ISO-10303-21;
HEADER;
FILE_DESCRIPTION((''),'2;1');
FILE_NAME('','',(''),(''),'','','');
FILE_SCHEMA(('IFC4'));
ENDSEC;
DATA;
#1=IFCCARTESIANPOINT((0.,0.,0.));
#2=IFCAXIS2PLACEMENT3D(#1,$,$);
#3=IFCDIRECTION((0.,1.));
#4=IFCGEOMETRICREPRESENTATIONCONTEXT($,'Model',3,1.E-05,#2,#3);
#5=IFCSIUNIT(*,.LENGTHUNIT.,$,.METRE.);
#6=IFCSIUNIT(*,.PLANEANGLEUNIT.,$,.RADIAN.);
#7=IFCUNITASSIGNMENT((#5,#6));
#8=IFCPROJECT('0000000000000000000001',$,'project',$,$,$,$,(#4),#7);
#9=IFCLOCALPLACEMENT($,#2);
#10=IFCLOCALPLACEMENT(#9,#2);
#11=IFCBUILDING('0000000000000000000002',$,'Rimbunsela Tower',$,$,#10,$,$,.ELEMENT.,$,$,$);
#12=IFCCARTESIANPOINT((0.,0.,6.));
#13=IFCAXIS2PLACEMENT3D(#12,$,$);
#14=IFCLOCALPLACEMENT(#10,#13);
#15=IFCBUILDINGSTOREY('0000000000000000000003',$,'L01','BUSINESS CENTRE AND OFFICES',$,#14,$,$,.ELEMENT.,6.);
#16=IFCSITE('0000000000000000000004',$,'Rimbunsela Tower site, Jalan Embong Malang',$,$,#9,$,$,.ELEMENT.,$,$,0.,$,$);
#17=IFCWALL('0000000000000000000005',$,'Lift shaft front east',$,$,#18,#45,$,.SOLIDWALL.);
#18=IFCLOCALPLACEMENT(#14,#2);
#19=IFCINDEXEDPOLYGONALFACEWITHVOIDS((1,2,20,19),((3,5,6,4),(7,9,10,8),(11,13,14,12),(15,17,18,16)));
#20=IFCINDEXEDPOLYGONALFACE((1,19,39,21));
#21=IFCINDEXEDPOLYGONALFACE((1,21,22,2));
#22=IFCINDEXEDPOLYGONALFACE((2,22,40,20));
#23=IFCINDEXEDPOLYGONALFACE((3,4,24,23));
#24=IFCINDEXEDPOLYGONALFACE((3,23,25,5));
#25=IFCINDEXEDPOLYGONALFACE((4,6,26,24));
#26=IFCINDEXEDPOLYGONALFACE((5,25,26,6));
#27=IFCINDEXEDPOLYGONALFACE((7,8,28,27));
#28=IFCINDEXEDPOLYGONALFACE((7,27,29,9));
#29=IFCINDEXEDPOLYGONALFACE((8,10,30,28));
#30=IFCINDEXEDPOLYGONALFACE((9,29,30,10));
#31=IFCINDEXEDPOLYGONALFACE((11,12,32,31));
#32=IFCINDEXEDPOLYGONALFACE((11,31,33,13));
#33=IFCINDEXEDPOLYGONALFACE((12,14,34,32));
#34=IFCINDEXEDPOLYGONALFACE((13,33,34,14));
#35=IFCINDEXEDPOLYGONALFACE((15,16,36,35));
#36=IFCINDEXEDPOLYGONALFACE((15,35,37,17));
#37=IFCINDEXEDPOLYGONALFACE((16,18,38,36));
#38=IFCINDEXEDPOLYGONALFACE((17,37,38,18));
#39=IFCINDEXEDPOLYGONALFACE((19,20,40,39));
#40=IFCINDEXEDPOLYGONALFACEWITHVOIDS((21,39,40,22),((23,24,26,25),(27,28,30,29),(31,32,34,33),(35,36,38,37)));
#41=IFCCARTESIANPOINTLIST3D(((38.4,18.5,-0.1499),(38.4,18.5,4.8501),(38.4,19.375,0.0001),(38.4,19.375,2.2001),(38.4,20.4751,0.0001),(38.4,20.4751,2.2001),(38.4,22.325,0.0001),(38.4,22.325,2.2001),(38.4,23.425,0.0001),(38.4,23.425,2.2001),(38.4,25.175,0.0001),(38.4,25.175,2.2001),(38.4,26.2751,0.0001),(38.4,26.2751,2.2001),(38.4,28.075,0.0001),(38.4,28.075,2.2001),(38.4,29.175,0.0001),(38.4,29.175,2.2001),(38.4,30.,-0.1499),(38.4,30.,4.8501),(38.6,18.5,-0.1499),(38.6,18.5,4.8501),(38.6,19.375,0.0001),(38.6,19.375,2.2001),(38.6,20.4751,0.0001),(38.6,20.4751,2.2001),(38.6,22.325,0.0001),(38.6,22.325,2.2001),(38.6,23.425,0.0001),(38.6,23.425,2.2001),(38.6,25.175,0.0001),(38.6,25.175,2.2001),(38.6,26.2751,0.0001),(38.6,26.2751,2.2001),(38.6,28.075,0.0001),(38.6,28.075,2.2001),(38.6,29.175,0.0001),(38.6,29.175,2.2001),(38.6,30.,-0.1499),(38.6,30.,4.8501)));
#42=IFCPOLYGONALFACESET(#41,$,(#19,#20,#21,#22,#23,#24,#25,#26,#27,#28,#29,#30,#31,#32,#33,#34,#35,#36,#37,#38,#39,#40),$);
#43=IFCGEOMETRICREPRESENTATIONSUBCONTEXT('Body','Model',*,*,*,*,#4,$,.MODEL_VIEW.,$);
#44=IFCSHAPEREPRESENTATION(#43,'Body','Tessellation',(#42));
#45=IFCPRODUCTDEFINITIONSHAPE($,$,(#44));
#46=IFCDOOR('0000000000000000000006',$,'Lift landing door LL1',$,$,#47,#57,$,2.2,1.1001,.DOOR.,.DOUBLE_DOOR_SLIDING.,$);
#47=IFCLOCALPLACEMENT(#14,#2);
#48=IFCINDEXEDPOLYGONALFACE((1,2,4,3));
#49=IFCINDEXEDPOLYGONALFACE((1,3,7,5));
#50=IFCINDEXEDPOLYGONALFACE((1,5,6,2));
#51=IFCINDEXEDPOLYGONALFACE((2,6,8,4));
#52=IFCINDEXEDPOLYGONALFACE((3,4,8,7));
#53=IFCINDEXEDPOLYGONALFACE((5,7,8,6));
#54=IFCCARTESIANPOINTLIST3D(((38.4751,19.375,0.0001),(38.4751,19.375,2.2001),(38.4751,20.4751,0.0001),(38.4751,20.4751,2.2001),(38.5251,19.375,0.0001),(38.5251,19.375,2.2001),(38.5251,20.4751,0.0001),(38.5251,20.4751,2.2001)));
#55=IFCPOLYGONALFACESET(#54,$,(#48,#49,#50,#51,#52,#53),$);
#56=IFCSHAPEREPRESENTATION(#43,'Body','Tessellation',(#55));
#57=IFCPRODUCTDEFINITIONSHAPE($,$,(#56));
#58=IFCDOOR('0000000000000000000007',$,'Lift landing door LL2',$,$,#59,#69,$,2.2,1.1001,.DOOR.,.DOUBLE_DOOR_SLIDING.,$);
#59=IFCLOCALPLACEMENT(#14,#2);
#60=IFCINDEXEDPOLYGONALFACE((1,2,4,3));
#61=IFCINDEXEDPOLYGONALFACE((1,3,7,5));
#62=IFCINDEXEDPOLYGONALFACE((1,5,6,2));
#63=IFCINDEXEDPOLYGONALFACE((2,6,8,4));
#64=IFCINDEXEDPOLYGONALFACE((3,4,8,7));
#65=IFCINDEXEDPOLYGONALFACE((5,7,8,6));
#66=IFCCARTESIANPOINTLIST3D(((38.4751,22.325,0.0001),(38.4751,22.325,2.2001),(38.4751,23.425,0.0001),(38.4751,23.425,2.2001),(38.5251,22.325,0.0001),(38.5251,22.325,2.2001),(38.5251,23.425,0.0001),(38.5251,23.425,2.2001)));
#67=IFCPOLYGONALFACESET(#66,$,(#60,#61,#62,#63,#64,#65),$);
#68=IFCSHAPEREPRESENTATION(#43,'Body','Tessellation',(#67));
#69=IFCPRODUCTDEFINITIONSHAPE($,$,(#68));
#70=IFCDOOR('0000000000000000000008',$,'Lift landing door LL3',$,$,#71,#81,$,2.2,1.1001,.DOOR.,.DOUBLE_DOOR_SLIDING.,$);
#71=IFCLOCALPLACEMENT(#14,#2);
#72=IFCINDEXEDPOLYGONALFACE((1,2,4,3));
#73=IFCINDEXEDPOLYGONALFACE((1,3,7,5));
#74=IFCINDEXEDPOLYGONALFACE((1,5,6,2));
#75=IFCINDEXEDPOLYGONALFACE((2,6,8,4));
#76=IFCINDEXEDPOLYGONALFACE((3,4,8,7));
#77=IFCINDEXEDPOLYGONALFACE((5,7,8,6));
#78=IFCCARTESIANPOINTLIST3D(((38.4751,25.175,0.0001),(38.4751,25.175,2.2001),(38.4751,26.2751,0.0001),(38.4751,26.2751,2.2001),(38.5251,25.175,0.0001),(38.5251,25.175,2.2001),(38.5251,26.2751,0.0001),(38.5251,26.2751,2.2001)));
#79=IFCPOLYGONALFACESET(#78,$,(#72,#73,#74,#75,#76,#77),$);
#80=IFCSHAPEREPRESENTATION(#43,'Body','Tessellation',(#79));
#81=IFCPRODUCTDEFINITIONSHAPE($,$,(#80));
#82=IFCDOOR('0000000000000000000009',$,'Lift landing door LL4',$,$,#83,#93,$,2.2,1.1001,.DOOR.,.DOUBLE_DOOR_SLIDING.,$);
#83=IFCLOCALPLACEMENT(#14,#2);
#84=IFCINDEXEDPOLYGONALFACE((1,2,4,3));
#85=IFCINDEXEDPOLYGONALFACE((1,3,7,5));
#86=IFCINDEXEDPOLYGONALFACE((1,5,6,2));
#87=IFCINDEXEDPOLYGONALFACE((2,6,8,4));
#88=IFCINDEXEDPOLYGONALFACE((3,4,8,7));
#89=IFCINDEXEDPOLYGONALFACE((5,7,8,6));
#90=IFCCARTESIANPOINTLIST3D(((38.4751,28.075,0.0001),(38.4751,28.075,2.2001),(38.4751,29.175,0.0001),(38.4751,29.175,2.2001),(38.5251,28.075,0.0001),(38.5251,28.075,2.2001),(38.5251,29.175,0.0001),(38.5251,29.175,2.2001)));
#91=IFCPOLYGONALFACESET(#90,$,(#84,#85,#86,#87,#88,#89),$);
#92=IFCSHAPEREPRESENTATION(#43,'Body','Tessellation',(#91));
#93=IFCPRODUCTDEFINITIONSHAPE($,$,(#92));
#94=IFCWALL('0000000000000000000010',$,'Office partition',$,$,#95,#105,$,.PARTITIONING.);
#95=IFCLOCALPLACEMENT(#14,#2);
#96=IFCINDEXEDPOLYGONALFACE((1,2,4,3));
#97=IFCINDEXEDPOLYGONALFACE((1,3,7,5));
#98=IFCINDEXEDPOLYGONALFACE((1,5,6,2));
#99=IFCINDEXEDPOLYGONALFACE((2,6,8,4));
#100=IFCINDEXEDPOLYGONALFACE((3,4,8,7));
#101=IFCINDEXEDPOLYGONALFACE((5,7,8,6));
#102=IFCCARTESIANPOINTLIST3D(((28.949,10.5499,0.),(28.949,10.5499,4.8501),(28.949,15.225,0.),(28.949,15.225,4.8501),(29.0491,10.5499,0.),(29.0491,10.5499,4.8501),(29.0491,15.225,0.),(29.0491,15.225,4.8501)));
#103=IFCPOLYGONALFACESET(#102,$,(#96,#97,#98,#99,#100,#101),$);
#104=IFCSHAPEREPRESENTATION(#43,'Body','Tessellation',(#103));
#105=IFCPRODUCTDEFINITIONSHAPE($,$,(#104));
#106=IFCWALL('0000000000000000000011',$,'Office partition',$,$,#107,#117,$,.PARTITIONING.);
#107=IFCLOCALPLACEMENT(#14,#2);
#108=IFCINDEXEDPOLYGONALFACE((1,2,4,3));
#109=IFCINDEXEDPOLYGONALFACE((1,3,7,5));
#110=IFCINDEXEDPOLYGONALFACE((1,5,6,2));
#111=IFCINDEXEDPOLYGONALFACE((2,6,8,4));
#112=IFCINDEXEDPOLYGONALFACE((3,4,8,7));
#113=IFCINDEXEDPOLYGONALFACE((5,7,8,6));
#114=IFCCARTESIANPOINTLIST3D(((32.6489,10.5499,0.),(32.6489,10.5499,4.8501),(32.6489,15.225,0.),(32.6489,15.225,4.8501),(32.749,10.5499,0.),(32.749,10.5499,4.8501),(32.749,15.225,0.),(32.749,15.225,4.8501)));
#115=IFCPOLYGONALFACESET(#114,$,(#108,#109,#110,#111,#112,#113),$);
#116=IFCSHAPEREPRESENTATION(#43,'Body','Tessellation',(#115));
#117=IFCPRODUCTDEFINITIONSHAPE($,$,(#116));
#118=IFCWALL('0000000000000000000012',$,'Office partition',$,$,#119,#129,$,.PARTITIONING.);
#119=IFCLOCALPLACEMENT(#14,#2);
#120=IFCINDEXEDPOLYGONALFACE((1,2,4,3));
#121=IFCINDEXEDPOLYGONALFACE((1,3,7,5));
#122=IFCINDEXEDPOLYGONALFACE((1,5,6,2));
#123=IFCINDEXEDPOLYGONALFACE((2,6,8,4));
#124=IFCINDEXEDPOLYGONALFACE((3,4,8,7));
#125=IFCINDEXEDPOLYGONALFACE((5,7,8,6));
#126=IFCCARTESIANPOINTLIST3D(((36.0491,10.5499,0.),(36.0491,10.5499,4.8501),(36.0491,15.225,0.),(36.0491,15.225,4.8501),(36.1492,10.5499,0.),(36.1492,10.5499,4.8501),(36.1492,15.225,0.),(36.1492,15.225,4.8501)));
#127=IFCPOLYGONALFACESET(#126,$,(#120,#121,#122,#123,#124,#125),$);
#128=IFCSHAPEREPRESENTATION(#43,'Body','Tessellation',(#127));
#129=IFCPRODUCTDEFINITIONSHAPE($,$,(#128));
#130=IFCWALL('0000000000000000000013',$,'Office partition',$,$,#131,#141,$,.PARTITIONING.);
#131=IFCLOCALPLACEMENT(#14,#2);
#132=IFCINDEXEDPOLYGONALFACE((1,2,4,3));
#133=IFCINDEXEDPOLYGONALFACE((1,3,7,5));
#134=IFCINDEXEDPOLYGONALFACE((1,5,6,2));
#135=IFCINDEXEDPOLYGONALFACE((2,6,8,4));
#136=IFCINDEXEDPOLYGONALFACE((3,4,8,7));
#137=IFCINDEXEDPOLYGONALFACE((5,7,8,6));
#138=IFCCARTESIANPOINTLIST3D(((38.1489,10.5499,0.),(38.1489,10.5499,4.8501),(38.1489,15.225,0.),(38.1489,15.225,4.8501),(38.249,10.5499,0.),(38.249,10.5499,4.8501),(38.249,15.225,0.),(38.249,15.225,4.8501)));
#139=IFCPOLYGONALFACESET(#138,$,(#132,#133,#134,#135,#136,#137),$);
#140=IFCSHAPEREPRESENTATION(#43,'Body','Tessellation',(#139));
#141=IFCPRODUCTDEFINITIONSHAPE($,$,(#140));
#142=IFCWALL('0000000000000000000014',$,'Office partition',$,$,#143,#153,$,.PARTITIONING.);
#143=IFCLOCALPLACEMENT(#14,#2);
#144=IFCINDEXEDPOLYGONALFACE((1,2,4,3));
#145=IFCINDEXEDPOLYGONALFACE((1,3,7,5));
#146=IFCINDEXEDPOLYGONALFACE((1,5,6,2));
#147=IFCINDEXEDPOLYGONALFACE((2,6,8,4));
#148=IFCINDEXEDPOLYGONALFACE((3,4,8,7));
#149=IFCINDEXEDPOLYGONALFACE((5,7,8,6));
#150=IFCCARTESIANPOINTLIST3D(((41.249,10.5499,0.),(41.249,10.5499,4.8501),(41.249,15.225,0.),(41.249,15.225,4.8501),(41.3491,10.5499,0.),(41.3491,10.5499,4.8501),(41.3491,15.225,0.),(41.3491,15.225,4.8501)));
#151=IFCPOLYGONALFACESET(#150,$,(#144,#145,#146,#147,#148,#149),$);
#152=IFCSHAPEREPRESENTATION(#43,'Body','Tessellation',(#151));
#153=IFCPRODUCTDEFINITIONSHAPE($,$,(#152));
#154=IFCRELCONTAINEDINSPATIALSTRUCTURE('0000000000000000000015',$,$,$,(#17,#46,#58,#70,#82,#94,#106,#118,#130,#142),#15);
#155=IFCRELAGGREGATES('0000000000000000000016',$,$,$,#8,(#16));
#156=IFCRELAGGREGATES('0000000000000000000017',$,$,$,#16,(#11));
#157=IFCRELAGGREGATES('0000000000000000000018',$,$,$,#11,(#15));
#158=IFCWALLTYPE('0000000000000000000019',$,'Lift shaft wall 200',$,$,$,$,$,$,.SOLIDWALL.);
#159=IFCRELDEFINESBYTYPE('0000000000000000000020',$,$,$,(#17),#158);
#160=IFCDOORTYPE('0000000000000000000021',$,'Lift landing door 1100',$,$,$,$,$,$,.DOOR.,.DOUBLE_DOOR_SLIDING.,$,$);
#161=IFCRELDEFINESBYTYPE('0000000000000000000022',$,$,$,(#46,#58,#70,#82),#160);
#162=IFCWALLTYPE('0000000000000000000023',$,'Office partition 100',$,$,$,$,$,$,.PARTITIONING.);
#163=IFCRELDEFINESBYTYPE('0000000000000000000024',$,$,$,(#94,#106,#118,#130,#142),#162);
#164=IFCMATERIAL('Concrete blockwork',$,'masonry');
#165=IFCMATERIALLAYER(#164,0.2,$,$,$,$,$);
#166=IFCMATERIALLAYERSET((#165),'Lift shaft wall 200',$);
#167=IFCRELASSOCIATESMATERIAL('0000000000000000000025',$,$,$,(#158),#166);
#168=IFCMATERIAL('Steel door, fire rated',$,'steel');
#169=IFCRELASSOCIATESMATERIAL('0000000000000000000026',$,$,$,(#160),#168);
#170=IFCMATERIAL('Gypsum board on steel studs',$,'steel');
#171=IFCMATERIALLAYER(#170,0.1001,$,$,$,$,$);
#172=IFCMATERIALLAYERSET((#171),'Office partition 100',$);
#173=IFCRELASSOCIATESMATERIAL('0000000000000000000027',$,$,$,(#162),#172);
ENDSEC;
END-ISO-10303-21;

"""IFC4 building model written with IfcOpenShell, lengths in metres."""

from ifc_helpers import new_model, si_unit, direction, frame, frame_2d, origin, place, context, subcontext, project, spatial, rectangle, extrude, material, layer, layer_set, type_object, element, fill, save


model = new_model("IFC4")

# Units and contexts
model_context = context("Model", 3, precision=1e-05, world=origin(), true_north=direction((0.0, 1.0)))
body_context = subcontext(model_context, "Body", "Model", "MODEL_VIEW")
ifc_project = project(units=[si_unit("LENGTHUNIT", "METRE"), si_unit("PLANEANGLEUNIT", "RADIAN")], contexts=[model_context])

# Site, building, storey
site_placement = place(None, origin())
site = spatial("IfcSite", under=ifc_project, at=site_placement, Name="Rimbunsela Tower site, Jalan Embong Malang", CompositionType="ELEMENT", RefElevation=0.0)
building_placement = place(site_placement, origin())
building = spatial("IfcBuilding", under=site, at=building_placement, Name="Rimbunsela Tower", CompositionType="ELEMENT")
storey_placement = place(building_placement, frame((0.0, 0.0, 6.0)))
storey = spatial("IfcBuildingStorey", under=building, at=storey_placement, Name="L01", Description="BUSINESS CENTRE AND OFFICES", CompositionType="ELEMENT", Elevation=6.0)

# Wall, openings, doors
ifc_material_1 = material(Name="Concrete blockwork", Category="masonry")
ifc_layer_1 = layer(ifc_material_1, 0.2)
ifc_layer_set_1 = layer_set([ifc_layer_1], Name="Lift shaft wall 200")
wall_type_1 = type_object("IfcWallType", Name="Lift shaft wall 200", PredefinedType="SOLIDWALL", material=ifc_layer_set_1)
wall_1_placement = place(storey_placement, frame((38.5, 18.5, -0.1499), z_axis=(0.0, 0.0, 1.0), x_axis=(0.0, 1.0, 0.0)))
wall_1 = element("IfcWall", 1, at=wall_1_placement, inside=storey, type_object=wall_type_1, Name="Lift shaft front east", PredefinedType="SOLIDWALL", context=body_context, shape_type="SweptSolid", body=[
    extrude(rectangle(XDim=11.5, YDim=0.2, at=frame_2d((5.75, 0.0))), origin(), (0.0, 0.0, 1.0), 5.0),
])
opening_1_placement = place(wall_1_placement, frame((0.875, 0.0, 0.1499)))
opening_1 = element("IfcOpeningElement", 2, at=opening_1_placement, cuts=wall_1, PredefinedType="OPENING", context=body_context, shape_type="SweptSolid", body=[
    extrude(rectangle(XDim=1.1001, YDim=2.2, at=frame_2d((0.55, 1.1001))), frame((0.0, 0.1099, 0.0), z_axis=(0.0, -1.0, 0.0), x_axis=(1.0, 0.0, 0.0)), (0.0, 0.0, 1.0), 0.22),
])
opening_2_placement = place(wall_1_placement, frame((3.825, 0.0, 0.1499)))
opening_2 = element("IfcOpeningElement", 3, at=opening_2_placement, cuts=wall_1, PredefinedType="OPENING", context=body_context, shape_type="SweptSolid", body=[
    extrude(rectangle(XDim=1.1001, YDim=2.2, at=frame_2d((0.55, 1.1001))), frame((0.0, 0.1099, 0.0), z_axis=(0.0, -1.0, 0.0), x_axis=(1.0, 0.0, 0.0)), (0.0, 0.0, 1.0), 0.22),
])
opening_3_placement = place(wall_1_placement, frame((6.675, 0.0, 0.1499)))
opening_3 = element("IfcOpeningElement", 4, at=opening_3_placement, cuts=wall_1, PredefinedType="OPENING", context=body_context, shape_type="SweptSolid", body=[
    extrude(rectangle(XDim=1.1001, YDim=2.2, at=frame_2d((0.55, 1.1001))), frame((0.0, 0.1099, 0.0), z_axis=(0.0, -1.0, 0.0), x_axis=(1.0, 0.0, 0.0)), (0.0, 0.0, 1.0), 0.22),
])
opening_4_placement = place(wall_1_placement, frame((9.575, 0.0, 0.1499)))
opening_4 = element("IfcOpeningElement", 5, at=opening_4_placement, cuts=wall_1, PredefinedType="OPENING", context=body_context, shape_type="SweptSolid", body=[
    extrude(rectangle(XDim=1.1001, YDim=2.2, at=frame_2d((0.55, 1.1001))), frame((0.0, 0.1099, 0.0), z_axis=(0.0, -1.0, 0.0), x_axis=(1.0, 0.0, 0.0)), (0.0, 0.0, 1.0), 0.22),
])
ifc_material_2 = material(Name="Steel door, fire rated", Category="steel")
door_type_1 = type_object("IfcDoorType", Name="Lift landing door 1100", OperationType="DOUBLE_DOOR_SLIDING", PredefinedType="DOOR", material=ifc_material_2)
door_1_placement = place(opening_1_placement, origin())
door_1 = element("IfcDoor", 6, at=door_1_placement, inside=storey, type_object=door_type_1, Name="Lift landing door LL1", OperationType="DOUBLE_DOOR_SLIDING", OverallHeight=2.2, OverallWidth=1.1001, PredefinedType="DOOR", context=body_context, shape_type="SweptSolid", body=[
    extrude(rectangle(XDim=1.1001, YDim=2.2, at=frame_2d((0.55, 1.1001))), frame((0.0, 0.0249, 0.0), z_axis=(0.0, -1.0, 0.0), x_axis=(1.0, 0.0, 0.0)), (0.0, 0.0, 1.0), 0.05),
])
fill(opening_1, door_1)
door_2_placement = place(opening_2_placement, origin())
door_2 = element("IfcDoor", 7, at=door_2_placement, inside=storey, type_object=door_type_1, Name="Lift landing door LL2", OperationType="DOUBLE_DOOR_SLIDING", OverallHeight=2.2, OverallWidth=1.1001, PredefinedType="DOOR", context=body_context, shape_type="SweptSolid", body=[
    extrude(rectangle(XDim=1.1001, YDim=2.2, at=frame_2d((0.55, 1.1001))), frame((0.0, 0.0249, 0.0), z_axis=(0.0, -1.0, 0.0), x_axis=(1.0, 0.0, 0.0)), (0.0, 0.0, 1.0), 0.05),
])
fill(opening_2, door_2)
door_3_placement = place(opening_3_placement, origin())
door_3 = element("IfcDoor", 8, at=door_3_placement, inside=storey, type_object=door_type_1, Name="Lift landing door LL3", OperationType="DOUBLE_DOOR_SLIDING", OverallHeight=2.2, OverallWidth=1.1001, PredefinedType="DOOR", context=body_context, shape_type="SweptSolid", body=[
    extrude(rectangle(XDim=1.1001, YDim=2.2, at=frame_2d((0.55, 1.1001))), frame((0.0, 0.0249, 0.0), z_axis=(0.0, -1.0, 0.0), x_axis=(1.0, 0.0, 0.0)), (0.0, 0.0, 1.0), 0.05),
])
fill(opening_3, door_3)
door_4_placement = place(opening_4_placement, origin())
door_4 = element("IfcDoor", 9, at=door_4_placement, inside=storey, type_object=door_type_1, Name="Lift landing door LL4", OperationType="DOUBLE_DOOR_SLIDING", OverallHeight=2.2, OverallWidth=1.1001, PredefinedType="DOOR", context=body_context, shape_type="SweptSolid", body=[
    extrude(rectangle(XDim=1.1001, YDim=2.2, at=frame_2d((0.55, 1.1001))), frame((0.0, 0.0249, 0.0), z_axis=(0.0, -1.0, 0.0), x_axis=(1.0, 0.0, 0.0)), (0.0, 0.0, 1.0), 0.05),
])
fill(opening_4, door_4)

# Walls
ifc_material_3 = material(Name="Gypsum board on steel studs", Category="steel")
ifc_layer_2 = layer(ifc_material_3, 0.1001)
ifc_layer_set_2 = layer_set([ifc_layer_2], Name="Office partition 100")
wall_type_2 = type_object("IfcWallType", Name="Office partition 100", PredefinedType="PARTITIONING", material=ifc_layer_set_2)
for number, where, z_axis, x_axis, name in (
    (10, (28.999, 10.55, 0.0), (0.0, 0.0, 1.0), (0.0, 1.0, 0.0), "Office partition"),
    (11, (32.699, 10.55, 0.0), (0.0, 0.0, 1.0), (0.0, 1.0, 0.0), "Office partition"),
    (12, (36.0991, 10.55, 0.0), (0.0, 0.0, 1.0), (0.0, 1.0, 0.0), "Office partition"),
    (13, (38.199, 10.55, 0.0), (0.0, 0.0, 1.0), (0.0, 1.0, 0.0), "Office partition"),
    (14, (41.2991, 10.55, 0.0), (0.0, 0.0, 1.0), (0.0, 1.0, 0.0), "Office partition"),
):
    element("IfcWall", number, at=place(storey_placement, frame(where, z_axis=z_axis, x_axis=x_axis)), inside=storey, type_object=wall_type_2, Name=name, PredefinedType="PARTITIONING", context=body_context, shape_type="SweptSolid", body=[
        extrude(rectangle(XDim=4.675, YDim=0.1001, at=frame_2d((2.3374, 0.0))), origin(), (0.0, 0.0, 1.0), 4.8501),
    ])

save(model, "model.ifc")
